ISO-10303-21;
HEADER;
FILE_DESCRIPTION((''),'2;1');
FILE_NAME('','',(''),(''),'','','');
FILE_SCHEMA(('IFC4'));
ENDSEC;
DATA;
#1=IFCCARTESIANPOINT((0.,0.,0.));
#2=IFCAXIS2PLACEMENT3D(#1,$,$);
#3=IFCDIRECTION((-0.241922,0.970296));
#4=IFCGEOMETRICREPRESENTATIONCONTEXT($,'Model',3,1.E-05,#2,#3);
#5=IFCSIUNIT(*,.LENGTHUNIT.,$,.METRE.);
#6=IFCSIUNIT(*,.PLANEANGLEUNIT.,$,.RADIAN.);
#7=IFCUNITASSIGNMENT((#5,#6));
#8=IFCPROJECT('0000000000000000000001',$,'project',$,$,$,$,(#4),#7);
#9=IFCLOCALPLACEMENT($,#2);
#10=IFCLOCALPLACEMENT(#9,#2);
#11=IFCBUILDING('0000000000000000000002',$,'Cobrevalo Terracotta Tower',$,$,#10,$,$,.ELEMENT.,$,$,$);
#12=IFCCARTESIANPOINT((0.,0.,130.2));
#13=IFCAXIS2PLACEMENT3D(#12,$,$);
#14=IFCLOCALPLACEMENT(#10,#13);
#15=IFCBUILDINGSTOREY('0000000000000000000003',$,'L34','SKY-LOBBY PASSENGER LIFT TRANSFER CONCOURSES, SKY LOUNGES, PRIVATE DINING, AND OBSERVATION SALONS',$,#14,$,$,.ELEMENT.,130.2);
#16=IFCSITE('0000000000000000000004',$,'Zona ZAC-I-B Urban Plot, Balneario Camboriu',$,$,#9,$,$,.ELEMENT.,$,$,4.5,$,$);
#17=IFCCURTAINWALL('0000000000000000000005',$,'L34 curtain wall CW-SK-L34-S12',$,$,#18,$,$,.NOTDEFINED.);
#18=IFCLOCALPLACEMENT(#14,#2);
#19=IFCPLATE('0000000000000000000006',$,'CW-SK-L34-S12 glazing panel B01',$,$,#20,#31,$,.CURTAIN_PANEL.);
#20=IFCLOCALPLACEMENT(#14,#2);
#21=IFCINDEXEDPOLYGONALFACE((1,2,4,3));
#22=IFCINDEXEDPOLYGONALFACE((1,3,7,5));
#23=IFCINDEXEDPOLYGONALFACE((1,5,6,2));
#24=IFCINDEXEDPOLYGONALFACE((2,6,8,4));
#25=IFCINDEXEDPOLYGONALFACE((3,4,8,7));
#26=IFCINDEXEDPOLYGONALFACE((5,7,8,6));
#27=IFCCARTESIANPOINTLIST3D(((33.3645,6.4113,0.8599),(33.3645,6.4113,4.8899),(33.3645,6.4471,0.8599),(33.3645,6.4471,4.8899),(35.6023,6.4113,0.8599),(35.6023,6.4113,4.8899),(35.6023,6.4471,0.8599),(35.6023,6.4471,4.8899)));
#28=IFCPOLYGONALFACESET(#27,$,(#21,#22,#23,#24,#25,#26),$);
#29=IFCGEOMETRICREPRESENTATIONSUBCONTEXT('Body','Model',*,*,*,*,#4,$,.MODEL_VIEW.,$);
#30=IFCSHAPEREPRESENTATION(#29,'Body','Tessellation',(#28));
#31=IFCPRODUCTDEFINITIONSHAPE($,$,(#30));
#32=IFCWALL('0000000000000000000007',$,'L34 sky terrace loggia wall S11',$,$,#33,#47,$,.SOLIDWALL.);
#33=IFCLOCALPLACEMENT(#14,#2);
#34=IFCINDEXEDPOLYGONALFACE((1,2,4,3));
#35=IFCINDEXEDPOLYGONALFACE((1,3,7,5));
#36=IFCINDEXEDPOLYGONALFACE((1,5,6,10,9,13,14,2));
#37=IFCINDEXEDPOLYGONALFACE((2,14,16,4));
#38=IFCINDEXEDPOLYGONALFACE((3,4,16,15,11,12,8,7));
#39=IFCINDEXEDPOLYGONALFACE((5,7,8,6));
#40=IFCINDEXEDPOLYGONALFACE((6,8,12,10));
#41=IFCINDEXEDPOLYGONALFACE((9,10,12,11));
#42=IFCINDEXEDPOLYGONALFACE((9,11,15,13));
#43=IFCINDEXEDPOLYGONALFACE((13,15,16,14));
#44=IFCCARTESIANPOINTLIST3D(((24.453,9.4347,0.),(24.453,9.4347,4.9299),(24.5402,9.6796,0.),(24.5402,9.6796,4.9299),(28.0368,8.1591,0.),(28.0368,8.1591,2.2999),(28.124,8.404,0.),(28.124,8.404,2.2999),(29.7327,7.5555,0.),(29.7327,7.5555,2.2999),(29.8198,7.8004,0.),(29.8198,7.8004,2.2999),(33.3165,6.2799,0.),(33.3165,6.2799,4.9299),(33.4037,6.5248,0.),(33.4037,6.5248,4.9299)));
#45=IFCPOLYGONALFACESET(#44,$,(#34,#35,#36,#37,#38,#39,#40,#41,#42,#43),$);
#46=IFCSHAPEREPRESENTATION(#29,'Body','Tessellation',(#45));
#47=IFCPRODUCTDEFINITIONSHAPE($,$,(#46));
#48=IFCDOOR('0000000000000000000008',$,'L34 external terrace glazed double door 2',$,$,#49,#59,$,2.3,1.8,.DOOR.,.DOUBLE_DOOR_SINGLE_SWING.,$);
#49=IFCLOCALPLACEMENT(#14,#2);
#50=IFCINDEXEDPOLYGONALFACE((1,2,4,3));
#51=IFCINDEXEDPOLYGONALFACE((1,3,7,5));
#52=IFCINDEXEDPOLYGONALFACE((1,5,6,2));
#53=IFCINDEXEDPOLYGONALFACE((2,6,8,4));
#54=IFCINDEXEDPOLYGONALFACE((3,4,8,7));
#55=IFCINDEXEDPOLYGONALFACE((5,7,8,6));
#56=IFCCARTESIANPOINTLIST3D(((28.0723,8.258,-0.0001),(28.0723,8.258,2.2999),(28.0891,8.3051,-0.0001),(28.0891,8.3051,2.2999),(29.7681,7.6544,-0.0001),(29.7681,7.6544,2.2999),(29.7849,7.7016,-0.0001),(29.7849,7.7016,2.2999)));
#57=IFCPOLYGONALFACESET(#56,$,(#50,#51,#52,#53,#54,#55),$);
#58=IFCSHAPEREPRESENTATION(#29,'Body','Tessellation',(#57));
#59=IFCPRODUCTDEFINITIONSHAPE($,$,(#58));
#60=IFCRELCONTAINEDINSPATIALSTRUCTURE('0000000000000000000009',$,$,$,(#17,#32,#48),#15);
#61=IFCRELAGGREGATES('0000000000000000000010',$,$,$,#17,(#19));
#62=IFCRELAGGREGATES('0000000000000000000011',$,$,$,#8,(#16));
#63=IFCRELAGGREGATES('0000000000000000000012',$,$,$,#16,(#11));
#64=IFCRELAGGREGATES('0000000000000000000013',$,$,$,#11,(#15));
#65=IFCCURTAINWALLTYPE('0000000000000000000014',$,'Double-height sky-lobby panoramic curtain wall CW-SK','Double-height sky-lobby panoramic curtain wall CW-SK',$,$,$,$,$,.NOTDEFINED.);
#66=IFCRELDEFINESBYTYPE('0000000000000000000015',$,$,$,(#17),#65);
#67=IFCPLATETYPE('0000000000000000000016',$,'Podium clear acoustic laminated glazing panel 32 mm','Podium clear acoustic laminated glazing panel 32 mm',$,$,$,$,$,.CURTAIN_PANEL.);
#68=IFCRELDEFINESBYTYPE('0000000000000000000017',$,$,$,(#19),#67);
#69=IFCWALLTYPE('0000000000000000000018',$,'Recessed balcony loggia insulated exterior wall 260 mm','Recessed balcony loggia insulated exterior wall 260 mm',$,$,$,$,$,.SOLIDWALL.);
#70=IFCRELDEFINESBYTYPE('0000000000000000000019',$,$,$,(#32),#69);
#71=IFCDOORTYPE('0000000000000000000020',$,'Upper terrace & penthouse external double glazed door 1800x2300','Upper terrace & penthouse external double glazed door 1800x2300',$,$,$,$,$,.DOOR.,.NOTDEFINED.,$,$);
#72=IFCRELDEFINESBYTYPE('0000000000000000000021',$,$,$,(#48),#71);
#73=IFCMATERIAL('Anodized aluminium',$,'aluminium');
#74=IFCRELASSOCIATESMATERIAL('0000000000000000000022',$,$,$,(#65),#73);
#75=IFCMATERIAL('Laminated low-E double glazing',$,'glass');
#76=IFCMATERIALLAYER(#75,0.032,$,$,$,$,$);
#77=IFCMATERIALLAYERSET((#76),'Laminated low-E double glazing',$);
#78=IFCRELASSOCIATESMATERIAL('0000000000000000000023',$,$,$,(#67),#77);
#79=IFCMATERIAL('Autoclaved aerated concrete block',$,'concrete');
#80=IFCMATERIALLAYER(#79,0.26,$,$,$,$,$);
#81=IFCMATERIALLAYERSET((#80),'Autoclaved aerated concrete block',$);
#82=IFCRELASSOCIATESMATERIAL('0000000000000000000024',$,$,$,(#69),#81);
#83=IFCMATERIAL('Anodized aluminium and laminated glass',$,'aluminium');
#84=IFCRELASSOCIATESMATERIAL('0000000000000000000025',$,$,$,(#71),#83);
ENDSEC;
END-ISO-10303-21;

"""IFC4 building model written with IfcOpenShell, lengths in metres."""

from ifc_helpers import new_model, si_unit, direction, frame, frame_2d, origin, origin_2d, place, context, subcontext, project, spatial, rectangle, extrude, source, transform, mapped, material, layer, layer_set, type_object, element, fill, aggregate, save


model = new_model("IFC4")

# Units and contexts
model_context = context("Model", 3, precision=1e-05, world=origin(), true_north=direction((-0.241922, 0.970296)))
body_context = subcontext(model_context, "Body", "Model", "MODEL_VIEW")
ifc_project = project(units=[si_unit("LENGTHUNIT", "METRE"), si_unit("PLANEANGLEUNIT", "RADIAN")], contexts=[model_context])

# Site, building, storey
site_placement = place(None, origin())
site = spatial("IfcSite", under=ifc_project, at=site_placement, Name="Zona ZAC-I-B Urban Plot, Balneario Camboriu", CompositionType="ELEMENT", RefElevation=4.5)
building_placement = place(site_placement, origin())
building = spatial("IfcBuilding", under=site, at=building_placement, Name="Cobrevalo Terracotta Tower", CompositionType="ELEMENT")
storey_placement = place(building_placement, frame((0.0, 0.0, 130.2)))
storey = spatial("IfcBuildingStorey", under=building, at=storey_placement, Name="L34", Description="SKY-LOBBY PASSENGER LIFT TRANSFER CONCOURSES, SKY LOUNGES, PRIVATE DINING, AND OBSERVATION SALONS", CompositionType="ELEMENT", Elevation=130.2)

# Curtain wall
ifc_material_1 = material(Name="Anodized aluminium", Category="aluminium")
curtain_wall_type = type_object("IfcCurtainWallType", Name="Double-height sky-lobby panoramic curtain wall CW-SK", Description="Double-height sky-lobby panoramic curtain wall CW-SK", PredefinedType="NOTDEFINED", material=ifc_material_1)
curtain_wall_1_placement = place(storey_placement, origin())
curtain_wall_1 = element("IfcCurtainWall", 1, at=curtain_wall_1_placement, inside=storey, type_object=curtain_wall_type, Name="L34 curtain wall CW-SK-L34-S12", PredefinedType="NOTDEFINED")

# Plate
ifc_material_2 = material(Name="Laminated low-E double glazing", Category="glass")
ifc_layer_1 = layer(ifc_material_2, 0.032)
ifc_layer_set_1 = layer_set([ifc_layer_1], Name="Laminated low-E double glazing")
plate_type_1 = type_object("IfcPlateType", Name="Podium clear acoustic laminated glazing panel 32 mm", Description="Podium clear acoustic laminated glazing panel 32 mm", PredefinedType="CURTAIN_PANEL", material=ifc_layer_set_1)
shared_shape_1 = source(origin(), body_context, "Body", "SweptSolid", [
    extrude(rectangle(XDim=2.2378, YDim=0.0359, at=origin_2d()), origin(), (0.0, 0.0, 1.0), 4.03),
])
plate_1_placement = place(storey_placement, frame((34.4834, 6.4292, 0.8599), z_axis=(0.0, 0.0, 1.0), x_axis=(1.0, 0.0, 0.0)))
plate_1 = element("IfcPlate", 2, at=plate_1_placement, type_object=plate_type_1, Name="CW-SK-L34-S12 glazing panel B01", PredefinedType="CURTAIN_PANEL", context=body_context, shape_type="MappedRepresentation", body=[
    mapped(shared_shape_1, transform((0.0, 0.0, 0.0), scale=1.0)),
])
aggregate(curtain_wall_1, [plate_1])

# Wall, opening, door
ifc_material_3 = material(Name="Autoclaved aerated concrete block", Category="concrete")
ifc_layer_2 = layer(ifc_material_3, 0.26)
ifc_layer_set_2 = layer_set([ifc_layer_2], Name="Autoclaved aerated concrete block")
wall_type = type_object("IfcWallType", Name="Recessed balcony loggia insulated exterior wall 260 mm", Description="Recessed balcony loggia insulated exterior wall 260 mm", PredefinedType="SOLIDWALL", material=ifc_layer_set_2)
wall_placement = place(storey_placement, frame((24.4966, 9.5571, 0.0), z_axis=(0.0, 0.0, 1.0), x_axis=(0.942104, -0.335322, 0.0)))
wall = element("IfcWall", 3, at=wall_placement, inside=storey, type_object=wall_type, Name="L34 sky terrace loggia wall S11", PredefinedType="SOLIDWALL", context=body_context, shape_type="SweptSolid", body=[
    extrude(rectangle(XDim=9.4082, YDim=0.26, at=frame_2d((4.7041, 0.0))), origin(), (0.0, 0.0, 1.0), 4.9299),
])
opening_placement = place(wall_placement, frame((3.8042, 0.0, 0.0)))
opening = element("IfcOpeningElement", 4, at=opening_placement, cuts=wall, PredefinedType="OPENING", context=body_context, shape_type="SweptSolid", body=[
    extrude(rectangle(XDim=1.8, YDim=2.3, at=frame_2d((0.8999, 1.1499))), frame((0.0, 0.1401, 0.0), z_axis=(0.0, -1.0, 0.0), x_axis=(1.0, 0.0, 0.0)), (0.0, 0.0, 1.0), 0.28),
])
ifc_material_4 = material(Name="Anodized aluminium and laminated glass", Category="aluminium")
door_type = type_object("IfcDoorType", Name="Upper terrace & penthouse external double glazed door 1800x2300", Description="Upper terrace & penthouse external double glazed door 1800x2300", OperationType="NOTDEFINED", PredefinedType="DOOR", material=ifc_material_4)
shared_shape_2 = source(origin(), body_context, "Body", "SweptSolid", [
    extrude(rectangle(XDim=1.8, YDim=2.3, at=frame_2d((0.8999, 1.1499))), frame((0.0, 0.0249, 0.0), z_axis=(0.0, -1.0, 0.0), x_axis=(1.0, 0.0, 0.0)), (0.0, 0.0, 1.0), 0.05),
])
door_placement = place(opening_placement, frame((1.8, 0.0, 0.0), z_axis=(0.0, 0.0, 1.0), x_axis=(-1.0, 0.0, 0.0)))
door = element("IfcDoor", 5, at=door_placement, inside=storey, type_object=door_type, Name="L34 external terrace glazed double door 2", OperationType="DOUBLE_DOOR_SINGLE_SWING", OverallHeight=2.3, OverallWidth=1.8, PredefinedType="DOOR", context=body_context, shape_type="MappedRepresentation", body=[
    mapped(shared_shape_2, transform((0.0, 0.0, 0.0), scale=1.0)),
])
fill(opening, door)

save(model, "model.ifc")
